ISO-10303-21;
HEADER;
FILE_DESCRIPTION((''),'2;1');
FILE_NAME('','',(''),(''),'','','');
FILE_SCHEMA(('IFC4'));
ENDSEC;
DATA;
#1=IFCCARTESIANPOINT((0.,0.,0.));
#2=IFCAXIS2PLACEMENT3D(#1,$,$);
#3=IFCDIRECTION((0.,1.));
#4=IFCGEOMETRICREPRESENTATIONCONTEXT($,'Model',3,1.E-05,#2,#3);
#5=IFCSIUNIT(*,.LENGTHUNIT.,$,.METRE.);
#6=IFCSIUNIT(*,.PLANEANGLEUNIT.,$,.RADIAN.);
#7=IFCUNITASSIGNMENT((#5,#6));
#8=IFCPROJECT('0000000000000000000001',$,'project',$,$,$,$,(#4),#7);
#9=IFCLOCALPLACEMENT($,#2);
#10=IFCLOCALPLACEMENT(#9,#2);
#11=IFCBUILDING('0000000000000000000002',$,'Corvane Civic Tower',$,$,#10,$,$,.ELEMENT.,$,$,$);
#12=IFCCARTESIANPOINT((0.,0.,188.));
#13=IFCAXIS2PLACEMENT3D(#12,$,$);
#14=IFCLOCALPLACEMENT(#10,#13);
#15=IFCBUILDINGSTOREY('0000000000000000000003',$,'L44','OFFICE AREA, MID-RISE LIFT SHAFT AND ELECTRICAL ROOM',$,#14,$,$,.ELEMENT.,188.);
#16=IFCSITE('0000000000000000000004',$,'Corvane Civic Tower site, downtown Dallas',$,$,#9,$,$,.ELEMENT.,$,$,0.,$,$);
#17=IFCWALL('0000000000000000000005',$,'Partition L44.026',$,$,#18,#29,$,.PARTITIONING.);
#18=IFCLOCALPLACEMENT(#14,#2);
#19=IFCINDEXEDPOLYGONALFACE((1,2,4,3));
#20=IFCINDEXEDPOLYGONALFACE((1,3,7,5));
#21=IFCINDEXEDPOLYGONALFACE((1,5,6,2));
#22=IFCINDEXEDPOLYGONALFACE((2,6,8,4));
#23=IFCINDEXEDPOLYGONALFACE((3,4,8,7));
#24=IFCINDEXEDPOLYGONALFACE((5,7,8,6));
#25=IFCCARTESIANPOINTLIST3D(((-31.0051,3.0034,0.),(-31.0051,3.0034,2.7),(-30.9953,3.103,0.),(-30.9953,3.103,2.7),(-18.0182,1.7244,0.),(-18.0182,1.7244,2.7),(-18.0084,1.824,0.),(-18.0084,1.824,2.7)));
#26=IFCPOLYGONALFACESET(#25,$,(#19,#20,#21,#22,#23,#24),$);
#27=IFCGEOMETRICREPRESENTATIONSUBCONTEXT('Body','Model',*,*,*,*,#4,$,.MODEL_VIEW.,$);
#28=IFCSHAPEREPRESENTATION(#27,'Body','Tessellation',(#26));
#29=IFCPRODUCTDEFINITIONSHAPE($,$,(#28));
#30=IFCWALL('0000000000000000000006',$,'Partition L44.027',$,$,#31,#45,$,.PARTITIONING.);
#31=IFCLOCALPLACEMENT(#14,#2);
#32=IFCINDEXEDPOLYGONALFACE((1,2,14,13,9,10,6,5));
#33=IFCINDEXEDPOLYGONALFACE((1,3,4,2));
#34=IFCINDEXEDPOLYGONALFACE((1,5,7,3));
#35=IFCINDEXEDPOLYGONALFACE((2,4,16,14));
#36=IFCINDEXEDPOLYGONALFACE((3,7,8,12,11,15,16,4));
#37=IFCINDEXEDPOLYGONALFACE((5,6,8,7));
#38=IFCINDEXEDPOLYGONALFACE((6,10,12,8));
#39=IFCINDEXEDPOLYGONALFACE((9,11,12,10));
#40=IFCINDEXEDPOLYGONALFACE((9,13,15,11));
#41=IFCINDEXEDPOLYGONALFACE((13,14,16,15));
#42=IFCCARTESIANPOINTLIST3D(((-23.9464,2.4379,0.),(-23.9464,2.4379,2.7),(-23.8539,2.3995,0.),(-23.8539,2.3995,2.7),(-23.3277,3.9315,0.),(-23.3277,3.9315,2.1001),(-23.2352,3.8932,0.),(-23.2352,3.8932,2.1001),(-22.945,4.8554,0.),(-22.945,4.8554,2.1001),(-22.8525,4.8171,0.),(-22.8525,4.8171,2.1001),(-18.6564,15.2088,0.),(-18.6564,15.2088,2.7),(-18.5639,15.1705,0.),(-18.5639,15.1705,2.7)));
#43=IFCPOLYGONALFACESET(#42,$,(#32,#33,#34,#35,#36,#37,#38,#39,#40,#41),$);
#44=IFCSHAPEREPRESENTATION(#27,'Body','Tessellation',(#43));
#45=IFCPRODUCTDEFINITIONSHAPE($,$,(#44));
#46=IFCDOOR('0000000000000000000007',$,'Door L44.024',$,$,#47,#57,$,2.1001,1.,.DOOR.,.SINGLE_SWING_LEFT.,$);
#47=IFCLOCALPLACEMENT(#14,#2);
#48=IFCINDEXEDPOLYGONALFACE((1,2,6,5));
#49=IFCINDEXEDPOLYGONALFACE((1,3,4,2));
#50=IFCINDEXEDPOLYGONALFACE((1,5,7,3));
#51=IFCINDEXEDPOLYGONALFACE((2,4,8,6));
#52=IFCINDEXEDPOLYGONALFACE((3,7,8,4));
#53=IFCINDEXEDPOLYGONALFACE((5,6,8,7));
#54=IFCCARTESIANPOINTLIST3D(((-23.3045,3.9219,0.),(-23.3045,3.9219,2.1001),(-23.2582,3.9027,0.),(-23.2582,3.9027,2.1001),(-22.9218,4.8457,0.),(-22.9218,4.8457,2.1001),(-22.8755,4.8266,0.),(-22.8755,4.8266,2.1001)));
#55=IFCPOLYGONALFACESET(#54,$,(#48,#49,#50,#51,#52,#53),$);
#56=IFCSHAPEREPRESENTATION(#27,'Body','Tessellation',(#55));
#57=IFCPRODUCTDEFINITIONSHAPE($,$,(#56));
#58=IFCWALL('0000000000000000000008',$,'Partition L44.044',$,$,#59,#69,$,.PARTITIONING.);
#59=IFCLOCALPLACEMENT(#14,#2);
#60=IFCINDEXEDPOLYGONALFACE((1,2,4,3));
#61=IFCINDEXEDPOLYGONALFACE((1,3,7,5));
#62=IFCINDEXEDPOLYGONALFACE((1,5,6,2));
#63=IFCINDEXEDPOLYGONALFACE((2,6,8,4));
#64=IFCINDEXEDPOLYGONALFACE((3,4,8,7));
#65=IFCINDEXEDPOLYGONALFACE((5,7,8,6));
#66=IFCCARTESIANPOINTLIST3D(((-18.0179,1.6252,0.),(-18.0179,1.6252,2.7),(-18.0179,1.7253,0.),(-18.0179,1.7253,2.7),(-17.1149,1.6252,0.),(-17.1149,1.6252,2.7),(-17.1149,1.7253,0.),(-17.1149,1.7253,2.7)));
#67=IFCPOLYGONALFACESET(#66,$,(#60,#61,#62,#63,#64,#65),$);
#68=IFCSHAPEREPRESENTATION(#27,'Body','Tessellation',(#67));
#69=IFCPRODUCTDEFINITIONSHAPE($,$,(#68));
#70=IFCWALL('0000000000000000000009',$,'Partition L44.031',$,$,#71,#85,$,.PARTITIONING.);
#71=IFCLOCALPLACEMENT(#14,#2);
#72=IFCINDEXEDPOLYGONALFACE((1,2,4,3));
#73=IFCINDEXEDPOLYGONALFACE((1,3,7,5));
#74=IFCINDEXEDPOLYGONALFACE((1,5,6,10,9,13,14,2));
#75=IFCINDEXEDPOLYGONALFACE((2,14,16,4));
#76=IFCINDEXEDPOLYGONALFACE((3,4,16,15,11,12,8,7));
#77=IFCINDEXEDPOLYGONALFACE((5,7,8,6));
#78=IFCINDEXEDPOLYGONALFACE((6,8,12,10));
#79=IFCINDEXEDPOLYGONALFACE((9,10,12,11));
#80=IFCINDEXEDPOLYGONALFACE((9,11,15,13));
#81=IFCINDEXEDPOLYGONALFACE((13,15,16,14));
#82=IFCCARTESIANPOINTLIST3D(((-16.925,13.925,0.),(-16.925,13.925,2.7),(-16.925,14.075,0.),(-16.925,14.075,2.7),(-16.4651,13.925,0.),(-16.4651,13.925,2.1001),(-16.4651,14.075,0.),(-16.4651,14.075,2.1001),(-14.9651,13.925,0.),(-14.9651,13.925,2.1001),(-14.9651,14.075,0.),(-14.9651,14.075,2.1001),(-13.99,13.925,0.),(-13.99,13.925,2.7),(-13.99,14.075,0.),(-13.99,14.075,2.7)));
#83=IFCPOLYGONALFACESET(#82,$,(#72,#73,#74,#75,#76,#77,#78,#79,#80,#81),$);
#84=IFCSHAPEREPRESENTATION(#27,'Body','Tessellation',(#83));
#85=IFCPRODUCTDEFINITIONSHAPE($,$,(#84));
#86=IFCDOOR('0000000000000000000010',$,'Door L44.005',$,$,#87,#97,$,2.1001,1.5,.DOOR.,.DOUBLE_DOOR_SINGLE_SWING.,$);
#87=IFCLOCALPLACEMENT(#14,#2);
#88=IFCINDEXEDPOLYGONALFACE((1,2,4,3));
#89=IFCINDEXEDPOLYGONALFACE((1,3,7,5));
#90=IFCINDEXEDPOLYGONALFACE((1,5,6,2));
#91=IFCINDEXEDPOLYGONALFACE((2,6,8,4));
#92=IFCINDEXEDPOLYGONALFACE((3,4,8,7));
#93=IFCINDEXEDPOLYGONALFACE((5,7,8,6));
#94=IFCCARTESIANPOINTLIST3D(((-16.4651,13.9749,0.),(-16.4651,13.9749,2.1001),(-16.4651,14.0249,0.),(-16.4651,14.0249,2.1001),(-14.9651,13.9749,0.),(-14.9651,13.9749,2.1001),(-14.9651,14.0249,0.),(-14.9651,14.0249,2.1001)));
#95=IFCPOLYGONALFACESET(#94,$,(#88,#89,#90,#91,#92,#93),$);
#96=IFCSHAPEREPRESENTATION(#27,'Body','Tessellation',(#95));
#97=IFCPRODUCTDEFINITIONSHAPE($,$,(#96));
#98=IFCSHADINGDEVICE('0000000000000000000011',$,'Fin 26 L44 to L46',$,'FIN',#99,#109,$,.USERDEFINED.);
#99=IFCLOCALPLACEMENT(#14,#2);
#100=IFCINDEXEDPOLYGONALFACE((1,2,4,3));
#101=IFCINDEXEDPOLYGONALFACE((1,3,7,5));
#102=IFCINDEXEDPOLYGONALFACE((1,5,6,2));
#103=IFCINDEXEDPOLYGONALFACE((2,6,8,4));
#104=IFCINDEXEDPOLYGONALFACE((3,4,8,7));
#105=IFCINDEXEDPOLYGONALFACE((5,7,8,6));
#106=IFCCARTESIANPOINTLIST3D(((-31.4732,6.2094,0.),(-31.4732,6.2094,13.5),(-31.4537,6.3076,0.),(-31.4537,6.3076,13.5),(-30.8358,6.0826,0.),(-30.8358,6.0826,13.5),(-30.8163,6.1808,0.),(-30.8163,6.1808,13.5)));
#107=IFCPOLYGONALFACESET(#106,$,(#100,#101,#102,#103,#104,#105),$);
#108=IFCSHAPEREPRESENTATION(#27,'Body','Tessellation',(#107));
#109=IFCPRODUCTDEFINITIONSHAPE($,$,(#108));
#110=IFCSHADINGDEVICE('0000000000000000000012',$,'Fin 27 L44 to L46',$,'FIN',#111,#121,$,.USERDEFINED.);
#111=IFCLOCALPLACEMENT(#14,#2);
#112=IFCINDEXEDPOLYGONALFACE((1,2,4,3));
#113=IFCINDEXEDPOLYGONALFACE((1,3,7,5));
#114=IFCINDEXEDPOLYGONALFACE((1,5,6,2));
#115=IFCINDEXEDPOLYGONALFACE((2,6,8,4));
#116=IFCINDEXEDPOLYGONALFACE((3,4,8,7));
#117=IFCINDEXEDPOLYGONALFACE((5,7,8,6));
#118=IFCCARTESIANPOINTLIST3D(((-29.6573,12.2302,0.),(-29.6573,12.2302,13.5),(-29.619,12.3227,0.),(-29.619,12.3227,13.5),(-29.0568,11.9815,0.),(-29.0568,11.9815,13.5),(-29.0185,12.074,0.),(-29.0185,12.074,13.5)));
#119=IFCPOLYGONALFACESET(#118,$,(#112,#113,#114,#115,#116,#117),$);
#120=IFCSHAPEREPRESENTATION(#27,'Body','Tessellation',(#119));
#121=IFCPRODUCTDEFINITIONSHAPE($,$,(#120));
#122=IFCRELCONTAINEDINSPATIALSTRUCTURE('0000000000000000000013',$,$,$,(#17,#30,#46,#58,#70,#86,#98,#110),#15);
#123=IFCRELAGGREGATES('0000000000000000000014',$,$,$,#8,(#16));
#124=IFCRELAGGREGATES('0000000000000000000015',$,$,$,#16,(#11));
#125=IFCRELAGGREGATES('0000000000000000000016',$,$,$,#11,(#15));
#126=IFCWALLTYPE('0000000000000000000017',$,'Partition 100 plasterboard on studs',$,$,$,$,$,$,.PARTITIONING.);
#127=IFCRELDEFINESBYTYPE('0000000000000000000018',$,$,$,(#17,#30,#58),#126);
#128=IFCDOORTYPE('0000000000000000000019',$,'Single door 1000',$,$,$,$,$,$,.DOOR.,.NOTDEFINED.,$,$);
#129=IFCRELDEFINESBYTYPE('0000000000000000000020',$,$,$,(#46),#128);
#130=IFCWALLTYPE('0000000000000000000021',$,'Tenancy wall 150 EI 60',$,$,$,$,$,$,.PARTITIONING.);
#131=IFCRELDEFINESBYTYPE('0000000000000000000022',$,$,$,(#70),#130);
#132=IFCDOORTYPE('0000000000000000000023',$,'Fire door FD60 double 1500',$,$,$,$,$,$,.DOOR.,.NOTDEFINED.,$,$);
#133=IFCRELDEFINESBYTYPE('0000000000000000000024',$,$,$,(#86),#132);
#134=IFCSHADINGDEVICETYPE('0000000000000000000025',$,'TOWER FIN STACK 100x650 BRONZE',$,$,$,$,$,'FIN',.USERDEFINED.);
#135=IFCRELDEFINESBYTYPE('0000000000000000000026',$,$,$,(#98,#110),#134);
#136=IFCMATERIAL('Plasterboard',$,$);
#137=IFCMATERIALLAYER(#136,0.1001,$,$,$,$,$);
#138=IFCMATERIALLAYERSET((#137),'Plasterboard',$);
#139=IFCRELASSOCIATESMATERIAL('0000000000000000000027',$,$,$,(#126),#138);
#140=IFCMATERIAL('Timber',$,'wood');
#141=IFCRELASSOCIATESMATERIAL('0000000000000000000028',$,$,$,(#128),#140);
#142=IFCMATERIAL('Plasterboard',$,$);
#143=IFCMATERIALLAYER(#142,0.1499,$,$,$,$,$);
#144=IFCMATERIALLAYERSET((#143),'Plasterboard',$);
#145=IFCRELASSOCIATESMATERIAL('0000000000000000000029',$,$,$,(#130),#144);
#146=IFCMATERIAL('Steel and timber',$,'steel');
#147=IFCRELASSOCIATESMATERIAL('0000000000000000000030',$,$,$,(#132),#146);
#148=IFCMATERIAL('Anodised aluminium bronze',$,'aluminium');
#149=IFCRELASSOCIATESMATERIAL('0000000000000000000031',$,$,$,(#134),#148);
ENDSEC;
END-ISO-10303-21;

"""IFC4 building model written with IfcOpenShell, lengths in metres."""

from ifc_helpers import new_model, si_unit, direction, frame, frame_2d, origin, origin_2d, place, context, subcontext, project, spatial, rectangle, extrude, material, layer, layer_set, material_profile, profile_set, type_object, element, fill, save


model = new_model("IFC4")

# Units and contexts
model_context = context("Model", 3, precision=1e-05, world=origin(), true_north=direction((0.0, 1.0)))
body_context = subcontext(model_context, "Body", "Model", "MODEL_VIEW")
ifc_project = project(units=[si_unit("LENGTHUNIT", "METRE"), si_unit("PLANEANGLEUNIT", "RADIAN")], contexts=[model_context])

# Site, building, storey
site_placement = place(None, origin())
site = spatial("IfcSite", under=ifc_project, at=site_placement, Name="Corvane Civic Tower site, downtown Dallas", CompositionType="ELEMENT", RefElevation=0.0)
building_placement = place(site_placement, origin())
building = spatial("IfcBuilding", under=site, at=building_placement, Name="Corvane Civic Tower", CompositionType="ELEMENT")
storey_placement = place(building_placement, frame((0.0, 0.0, 188.0)))
storey = spatial("IfcBuildingStorey", under=building, at=storey_placement, Name="L44", Description="OFFICE AREA, MID-RISE LIFT SHAFT AND ELECTRICAL ROOM", CompositionType="ELEMENT", Elevation=188.0)

# Shared definitions
ifc_material_1 = material(Name="Plasterboard")
ifc_layer_1 = layer(ifc_material_1, 0.1001)
ifc_layer_set_1 = layer_set([ifc_layer_1], Name="Plasterboard")
wall_type_1 = type_object("IfcWallType", Name="Partition 100 plasterboard on studs", PredefinedType="PARTITIONING", material=ifc_layer_set_1)
ifc_material_2 = material(Name="Timber", Category="wood")
door_type_1 = type_object("IfcDoorType", Name="Single door 1000", OperationType="NOTDEFINED", PredefinedType="DOOR", material=ifc_material_2)

# Wall
wall_1_placement = place(storey_placement, frame((-31.0002, 3.0532, 0.0), z_axis=(0.0, 0.0, 1.0), x_axis=(0.995185, -0.098013, 0.0)))
element("IfcWall", 1, at=wall_1_placement, inside=storey, type_object=wall_type_1, Name="Partition L44.026", PredefinedType="PARTITIONING", context=body_context, shape_type="SweptSolid", body=[
    extrude(rectangle(XDim=13.0498, YDim=0.1001, at=frame_2d((6.5249, 0.0))), origin(), (0.0, 0.0, 1.0), 2.7),
])

# Wall, opening, door
wall_2_placement = place(storey_placement, frame((-23.9001, 2.4187, 0.0), z_axis=(0.0, 0.0, 1.0), x_axis=(0.382691, 0.923876, 0.0)))
wall_2 = element("IfcWall", 2, at=wall_2_placement, inside=storey, type_object=wall_type_1, Name="Partition L44.027", PredefinedType="PARTITIONING", context=body_context, shape_type="SweptSolid", body=[
    extrude(rectangle(XDim=13.8232, YDim=0.1001, at=frame_2d((6.9116, 0.0))), origin(), (0.0, 0.0, 1.0), 2.7),
])
opening_1_placement = place(wall_2_placement, frame((1.6167, 0.0, 0.0)))
opening_1 = element("IfcOpeningElement", 3, at=opening_1_placement, cuts=wall_2, PredefinedType="OPENING", context=body_context, shape_type="SweptSolid", body=[
    extrude(rectangle(XDim=1.0, YDim=2.1001, at=frame_2d((0.5, 1.05))), frame((0.0, 0.0601, 0.0), z_axis=(0.0, -1.0, 0.0), x_axis=(1.0, 0.0, 0.0)), (0.0, 0.0, 1.0), 0.1201),
])
door_1_placement = place(opening_1_placement, origin())
door_1 = element("IfcDoor", 4, at=door_1_placement, inside=storey, type_object=door_type_1, Name="Door L44.024", OperationType="SINGLE_SWING_LEFT", OverallHeight=2.1001, OverallWidth=1.0, PredefinedType="DOOR", context=body_context, shape_type="SweptSolid", body=[
    extrude(rectangle(XDim=1.0, YDim=2.1001, at=frame_2d((0.5, 1.05))), frame((0.0, 0.0249, 0.0), z_axis=(0.0, -1.0, 0.0), x_axis=(1.0, 0.0, 0.0)), (0.0, 0.0, 1.0), 0.05),
])
fill(opening_1, door_1)

# Wall
wall_3_placement = place(storey_placement, frame((-18.0181, 1.6753, 0.0), z_axis=(0.0, 0.0, 1.0), x_axis=(1.0, 0.0, 0.0)))
element("IfcWall", 5, at=wall_3_placement, inside=storey, type_object=wall_type_1, Name="Partition L44.044", PredefinedType="PARTITIONING", context=body_context, shape_type="SweptSolid", body=[
    extrude(rectangle(XDim=0.9031, YDim=0.1001, at=frame_2d((0.4517, 0.0))), origin(), (0.0, 0.0, 1.0), 2.7),
])

# Wall, opening, door
ifc_material_3 = material(Name="Plasterboard")
ifc_layer_2 = layer(ifc_material_3, 0.1499)
ifc_layer_set_2 = layer_set([ifc_layer_2], Name="Plasterboard")
wall_type_2 = type_object("IfcWallType", Name="Tenancy wall 150 EI 60", PredefinedType="PARTITIONING", material=ifc_layer_set_2)
wall_4_placement = place(storey_placement, frame((-16.925, 14.0, 0.0), z_axis=(0.0, 0.0, 1.0), x_axis=(1.0, 0.0, 0.0)))
wall_4 = element("IfcWall", 6, at=wall_4_placement, inside=storey, type_object=wall_type_2, Name="Partition L44.031", PredefinedType="PARTITIONING", context=body_context, shape_type="SweptSolid", body=[
    extrude(rectangle(XDim=2.9351, YDim=0.1499, at=frame_2d((1.4675, 0.0))), origin(), (0.0, 0.0, 1.0), 2.7),
])
opening_2_placement = place(wall_4_placement, frame((0.46, 0.0, 0.0)))
opening_2 = element("IfcOpeningElement", 7, at=opening_2_placement, cuts=wall_4, PredefinedType="OPENING", context=body_context, shape_type="SweptSolid", body=[
    extrude(rectangle(XDim=1.5, YDim=2.1001, at=frame_2d((0.75, 1.05))), frame((0.0, 0.085, 0.0), z_axis=(0.0, -1.0, 0.0), x_axis=(1.0, 0.0, 0.0)), (0.0, 0.0, 1.0), 0.1699),
])
ifc_material_4 = material(Name="Steel and timber", Category="steel")
door_type_2 = type_object("IfcDoorType", Name="Fire door FD60 double 1500", OperationType="NOTDEFINED", PredefinedType="DOOR", material=ifc_material_4)
door_2_placement = place(opening_2_placement, origin())
door_2 = element("IfcDoor", 8, at=door_2_placement, inside=storey, type_object=door_type_2, Name="Door L44.005", OperationType="DOUBLE_DOOR_SINGLE_SWING", OverallHeight=2.1001, OverallWidth=1.5, PredefinedType="DOOR", context=body_context, shape_type="SweptSolid", body=[
    extrude(rectangle(XDim=1.5, YDim=2.1001, at=frame_2d((0.75, 1.05))), frame((0.0, 0.0249, 0.0), z_axis=(0.0, -1.0, 0.0), x_axis=(1.0, 0.0, 0.0)), (0.0, 0.0, 1.0), 0.05),
])
fill(opening_2, door_2)

# Shading devices
ifc_material_5 = material(Name="Anodised aluminium bronze", Category="aluminium")
ifc_material_profile_1 = material_profile(ifc_material_5, rectangle(XDim=0.1001, YDim=0.6499, at=origin_2d()), Name="TOWER FIN STACK 100x650 BRONZE")
ifc_profile_set_1 = profile_set([ifc_material_profile_1], Name="Anodised aluminium bronze")
shading_device_type = type_object("IfcShadingDeviceType", Name="TOWER FIN STACK 100x650 BRONZE", ElementType="FIN", PredefinedType="USERDEFINED", material=ifc_profile_set_1)
for number, where, z_axis, x_axis, name in (
    (9, (-31.1448, 6.1951, 0.0), (0.0, 0.0, 1.0), (0.19509, 0.980785, 0.0), "Fin 26 L44 to L46"),
    (10, (-29.3379, 12.1521, 0.0), (0.0, 0.0, 1.0), (0.382683, 0.92388, 0.0), "Fin 27 L44 to L46"),
):
    element("IfcShadingDevice", number, at=place(storey_placement, frame(where, z_axis=z_axis, x_axis=x_axis)), inside=storey, type_object=shading_device_type, Name=name, ObjectType="FIN", PredefinedType="USERDEFINED", context=body_context, shape_type="SweptSolid", body=[
        extrude(rectangle(XDim=0.1001, YDim=0.6499, at=origin_2d()), origin(), (0.0, 0.0, 1.0), 13.5),
    ])

save(model, "model.ifc")
